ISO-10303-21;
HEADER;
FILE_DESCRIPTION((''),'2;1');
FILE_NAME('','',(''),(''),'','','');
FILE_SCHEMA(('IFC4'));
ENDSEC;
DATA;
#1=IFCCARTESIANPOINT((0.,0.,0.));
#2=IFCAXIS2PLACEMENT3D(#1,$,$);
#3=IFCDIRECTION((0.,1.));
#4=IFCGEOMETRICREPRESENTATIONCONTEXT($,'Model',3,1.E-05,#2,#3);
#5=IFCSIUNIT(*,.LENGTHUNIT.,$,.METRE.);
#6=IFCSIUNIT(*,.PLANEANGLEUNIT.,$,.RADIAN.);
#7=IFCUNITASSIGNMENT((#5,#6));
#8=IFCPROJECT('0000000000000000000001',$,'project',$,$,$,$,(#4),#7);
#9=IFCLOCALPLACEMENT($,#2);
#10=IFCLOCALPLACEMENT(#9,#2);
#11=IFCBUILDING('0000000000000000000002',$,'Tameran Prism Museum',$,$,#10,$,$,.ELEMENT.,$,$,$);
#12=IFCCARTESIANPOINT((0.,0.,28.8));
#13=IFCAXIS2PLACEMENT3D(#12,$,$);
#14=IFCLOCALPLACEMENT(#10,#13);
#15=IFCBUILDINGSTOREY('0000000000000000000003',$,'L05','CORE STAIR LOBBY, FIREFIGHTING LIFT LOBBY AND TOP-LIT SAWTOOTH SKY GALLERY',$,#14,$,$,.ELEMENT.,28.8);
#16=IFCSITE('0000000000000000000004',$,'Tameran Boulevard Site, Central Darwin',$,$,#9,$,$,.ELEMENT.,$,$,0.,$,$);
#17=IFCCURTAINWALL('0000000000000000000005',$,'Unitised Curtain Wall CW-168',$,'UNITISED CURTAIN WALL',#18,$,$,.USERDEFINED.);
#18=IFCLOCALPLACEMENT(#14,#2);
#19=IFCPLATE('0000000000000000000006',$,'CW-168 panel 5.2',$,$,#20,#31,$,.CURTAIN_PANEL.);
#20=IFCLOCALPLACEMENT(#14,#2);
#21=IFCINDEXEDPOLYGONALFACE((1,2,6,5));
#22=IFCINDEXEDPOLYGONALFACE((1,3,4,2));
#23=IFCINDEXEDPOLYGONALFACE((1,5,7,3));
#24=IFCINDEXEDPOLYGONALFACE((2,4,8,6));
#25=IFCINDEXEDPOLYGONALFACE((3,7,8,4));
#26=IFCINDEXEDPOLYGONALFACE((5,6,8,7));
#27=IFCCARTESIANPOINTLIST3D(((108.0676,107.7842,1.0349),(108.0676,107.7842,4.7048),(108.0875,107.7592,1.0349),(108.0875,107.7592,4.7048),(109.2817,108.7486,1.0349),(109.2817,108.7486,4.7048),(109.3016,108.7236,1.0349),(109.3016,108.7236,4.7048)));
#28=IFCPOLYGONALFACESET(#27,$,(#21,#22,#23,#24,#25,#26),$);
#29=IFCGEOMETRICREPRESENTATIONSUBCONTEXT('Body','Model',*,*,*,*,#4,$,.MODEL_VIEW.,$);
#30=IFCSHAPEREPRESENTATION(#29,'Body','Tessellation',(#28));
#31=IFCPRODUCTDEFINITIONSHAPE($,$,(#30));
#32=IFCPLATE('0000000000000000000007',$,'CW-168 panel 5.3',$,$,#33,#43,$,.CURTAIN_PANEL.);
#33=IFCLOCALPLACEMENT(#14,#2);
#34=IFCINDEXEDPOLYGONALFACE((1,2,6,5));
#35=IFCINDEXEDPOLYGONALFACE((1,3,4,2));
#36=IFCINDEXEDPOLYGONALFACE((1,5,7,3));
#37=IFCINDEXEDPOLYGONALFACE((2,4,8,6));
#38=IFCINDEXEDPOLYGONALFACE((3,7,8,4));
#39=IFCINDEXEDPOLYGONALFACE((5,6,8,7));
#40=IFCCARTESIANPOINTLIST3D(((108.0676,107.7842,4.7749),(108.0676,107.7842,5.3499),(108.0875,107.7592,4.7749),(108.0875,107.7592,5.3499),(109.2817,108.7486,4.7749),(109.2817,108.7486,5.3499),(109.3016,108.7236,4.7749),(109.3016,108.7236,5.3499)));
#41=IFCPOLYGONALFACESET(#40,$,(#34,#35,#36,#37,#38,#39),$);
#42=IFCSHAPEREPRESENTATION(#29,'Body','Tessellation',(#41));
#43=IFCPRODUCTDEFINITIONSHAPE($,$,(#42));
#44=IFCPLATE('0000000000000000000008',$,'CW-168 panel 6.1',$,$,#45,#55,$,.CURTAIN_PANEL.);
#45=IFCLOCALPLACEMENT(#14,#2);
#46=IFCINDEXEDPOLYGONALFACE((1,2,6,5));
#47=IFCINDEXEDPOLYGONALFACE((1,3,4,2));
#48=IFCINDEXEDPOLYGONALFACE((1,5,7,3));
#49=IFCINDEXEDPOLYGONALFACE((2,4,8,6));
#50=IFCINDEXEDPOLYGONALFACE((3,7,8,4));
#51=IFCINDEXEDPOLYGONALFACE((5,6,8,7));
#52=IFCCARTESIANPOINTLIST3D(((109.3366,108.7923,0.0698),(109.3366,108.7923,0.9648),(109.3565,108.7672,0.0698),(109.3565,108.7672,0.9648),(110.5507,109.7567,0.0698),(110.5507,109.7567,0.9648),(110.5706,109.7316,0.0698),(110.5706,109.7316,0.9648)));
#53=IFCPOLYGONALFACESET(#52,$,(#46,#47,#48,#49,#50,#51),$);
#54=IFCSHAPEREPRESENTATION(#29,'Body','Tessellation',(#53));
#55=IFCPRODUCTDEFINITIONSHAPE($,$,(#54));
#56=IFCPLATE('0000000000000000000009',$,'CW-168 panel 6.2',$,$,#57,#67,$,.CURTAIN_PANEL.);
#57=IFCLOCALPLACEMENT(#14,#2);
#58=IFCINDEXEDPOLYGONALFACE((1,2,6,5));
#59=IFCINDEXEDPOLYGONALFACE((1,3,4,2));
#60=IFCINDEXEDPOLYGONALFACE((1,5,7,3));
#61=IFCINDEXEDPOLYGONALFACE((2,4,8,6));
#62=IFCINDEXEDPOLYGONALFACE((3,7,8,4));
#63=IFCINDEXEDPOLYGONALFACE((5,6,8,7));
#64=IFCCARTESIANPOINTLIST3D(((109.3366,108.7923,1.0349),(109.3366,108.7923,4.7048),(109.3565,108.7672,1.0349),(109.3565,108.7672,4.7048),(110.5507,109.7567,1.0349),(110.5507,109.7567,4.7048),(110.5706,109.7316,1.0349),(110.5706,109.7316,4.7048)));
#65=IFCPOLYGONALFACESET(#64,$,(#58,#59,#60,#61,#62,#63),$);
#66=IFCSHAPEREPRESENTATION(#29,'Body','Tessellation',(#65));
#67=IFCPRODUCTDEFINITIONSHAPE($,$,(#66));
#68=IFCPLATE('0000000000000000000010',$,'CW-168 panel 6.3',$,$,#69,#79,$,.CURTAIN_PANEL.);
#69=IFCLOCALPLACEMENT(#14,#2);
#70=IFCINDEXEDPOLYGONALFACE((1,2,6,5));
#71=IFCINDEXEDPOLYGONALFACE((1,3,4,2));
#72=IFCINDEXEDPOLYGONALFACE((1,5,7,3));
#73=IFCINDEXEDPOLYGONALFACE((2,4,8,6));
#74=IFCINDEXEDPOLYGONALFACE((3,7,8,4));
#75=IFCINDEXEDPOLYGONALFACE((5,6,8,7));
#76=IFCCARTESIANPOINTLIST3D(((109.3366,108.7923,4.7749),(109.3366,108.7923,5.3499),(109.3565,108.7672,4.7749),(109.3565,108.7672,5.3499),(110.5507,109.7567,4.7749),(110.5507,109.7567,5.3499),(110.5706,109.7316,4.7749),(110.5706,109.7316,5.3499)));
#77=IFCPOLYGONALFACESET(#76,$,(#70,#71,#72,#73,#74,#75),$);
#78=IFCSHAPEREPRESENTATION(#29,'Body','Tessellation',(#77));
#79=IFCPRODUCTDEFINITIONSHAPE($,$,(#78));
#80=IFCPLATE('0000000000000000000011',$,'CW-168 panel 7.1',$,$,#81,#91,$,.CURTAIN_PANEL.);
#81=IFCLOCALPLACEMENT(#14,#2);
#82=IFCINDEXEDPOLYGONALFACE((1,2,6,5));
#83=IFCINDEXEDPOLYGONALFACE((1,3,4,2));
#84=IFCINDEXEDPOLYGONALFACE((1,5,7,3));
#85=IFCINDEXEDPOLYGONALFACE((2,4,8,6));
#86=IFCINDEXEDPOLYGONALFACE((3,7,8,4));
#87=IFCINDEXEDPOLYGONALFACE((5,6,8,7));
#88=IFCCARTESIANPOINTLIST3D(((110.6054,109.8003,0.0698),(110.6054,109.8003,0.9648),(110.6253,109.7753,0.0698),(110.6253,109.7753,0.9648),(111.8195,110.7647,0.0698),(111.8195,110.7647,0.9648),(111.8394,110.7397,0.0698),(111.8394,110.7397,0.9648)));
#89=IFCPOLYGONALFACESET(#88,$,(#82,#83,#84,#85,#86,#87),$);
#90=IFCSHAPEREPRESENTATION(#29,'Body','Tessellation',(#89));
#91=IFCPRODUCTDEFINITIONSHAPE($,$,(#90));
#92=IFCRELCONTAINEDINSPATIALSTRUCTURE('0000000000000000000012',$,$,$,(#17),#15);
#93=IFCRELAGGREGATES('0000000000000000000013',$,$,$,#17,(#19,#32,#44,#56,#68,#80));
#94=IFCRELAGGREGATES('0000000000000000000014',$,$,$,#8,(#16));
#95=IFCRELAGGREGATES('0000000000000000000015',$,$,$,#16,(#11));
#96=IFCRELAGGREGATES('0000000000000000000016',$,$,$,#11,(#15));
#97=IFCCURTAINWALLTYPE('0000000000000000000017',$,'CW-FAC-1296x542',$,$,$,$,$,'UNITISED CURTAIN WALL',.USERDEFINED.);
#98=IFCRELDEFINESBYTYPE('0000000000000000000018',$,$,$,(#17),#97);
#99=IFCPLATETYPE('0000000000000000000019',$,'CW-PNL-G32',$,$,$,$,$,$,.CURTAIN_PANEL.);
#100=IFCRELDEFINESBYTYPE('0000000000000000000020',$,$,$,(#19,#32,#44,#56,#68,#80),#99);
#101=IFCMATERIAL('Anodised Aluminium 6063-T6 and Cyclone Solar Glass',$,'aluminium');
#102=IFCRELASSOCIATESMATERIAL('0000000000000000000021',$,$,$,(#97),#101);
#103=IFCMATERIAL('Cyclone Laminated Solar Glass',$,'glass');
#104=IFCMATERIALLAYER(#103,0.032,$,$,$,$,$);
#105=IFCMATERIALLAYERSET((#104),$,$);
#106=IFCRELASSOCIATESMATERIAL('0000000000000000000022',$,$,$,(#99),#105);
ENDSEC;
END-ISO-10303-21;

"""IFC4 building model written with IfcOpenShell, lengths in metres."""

from ifc_helpers import new_model, si_unit, direction, frame, origin, origin_2d, place, context, subcontext, project, spatial, rectangle, extrude, material, layer, layer_set, type_object, element, aggregate, save


model = new_model("IFC4")

# Units and contexts
model_context = context("Model", 3, precision=1e-05, world=origin(), true_north=direction((0.0, 1.0)))
body_context = subcontext(model_context, "Body", "Model", "MODEL_VIEW")
ifc_project = project(units=[si_unit("LENGTHUNIT", "METRE"), si_unit("PLANEANGLEUNIT", "RADIAN")], contexts=[model_context])

# Site, building, storey
site_placement = place(None, origin())
site = spatial("IfcSite", under=ifc_project, at=site_placement, Name="Tameran Boulevard Site, Central Darwin", CompositionType="ELEMENT", RefElevation=0.0)
building_placement = place(site_placement, origin())
building = spatial("IfcBuilding", under=site, at=building_placement, Name="Tameran Prism Museum", CompositionType="ELEMENT")
storey_placement = place(building_placement, frame((0.0, 0.0, 28.8)))
storey = spatial("IfcBuildingStorey", under=building, at=storey_placement, Name="L05", Description="CORE STAIR LOBBY, FIREFIGHTING LIFT LOBBY AND TOP-LIT SAWTOOTH SKY GALLERY", CompositionType="ELEMENT", Elevation=28.8)

# Curtain wall, plates
ifc_material_1 = material(Name="Anodised Aluminium 6063-T6 and Cyclone Solar Glass", Category="aluminium")
curtain_wall_type = type_object("IfcCurtainWallType", Name="CW-FAC-1296x542", ElementType="UNITISED CURTAIN WALL", PredefinedType="USERDEFINED", material=ifc_material_1)
curtain_wall_placement = place(storey_placement, origin())
curtain_wall = element("IfcCurtainWall", 1, at=curtain_wall_placement, inside=storey, type_object=curtain_wall_type, Name="Unitised Curtain Wall CW-168", ObjectType="UNITISED CURTAIN WALL", PredefinedType="USERDEFINED")
ifc_material_2 = material(Name="Cyclone Laminated Solar Glass", Category="glass")
ifc_layer = layer(ifc_material_2, 0.032)
ifc_layer_set = layer_set([ifc_layer])
plate_type = type_object("IfcPlateType", Name="CW-PNL-G32", PredefinedType="CURTAIN_PANEL", material=ifc_layer_set)
plate_1_placement = place(storey_placement, frame((108.6846, 108.2539, 1.0349), z_axis=(0.0, 0.0, 1.0), x_axis=(0.783031, 0.621982, 0.0)))
plate_1 = element("IfcPlate", 2, at=plate_1_placement, type_object=plate_type, Name="CW-168 panel 5.2", PredefinedType="CURTAIN_PANEL", context=body_context, shape_type="SweptSolid", body=[
    extrude(rectangle(XDim=1.5505, YDim=0.032, at=origin_2d()), origin(), (0.0, 0.0, 1.0), 3.6699),
])
plate_2_placement = place(storey_placement, frame((108.6846, 108.2539, 4.7749), z_axis=(0.0, 0.0, 1.0), x_axis=(0.783031, 0.621982, 0.0)))
plate_2 = element("IfcPlate", 3, at=plate_2_placement, type_object=plate_type, Name="CW-168 panel 5.3", PredefinedType="CURTAIN_PANEL", context=body_context, shape_type="SweptSolid", body=[
    extrude(rectangle(XDim=1.5505, YDim=0.032, at=origin_2d()), origin(), (0.0, 0.0, 1.0), 0.575),
])
plate_3_placement = place(storey_placement, frame((109.9536, 109.262, 0.0698), z_axis=(0.0, 0.0, 1.0), x_axis=(0.783031, 0.621982, 0.0)))
plate_3 = element("IfcPlate", 4, at=plate_3_placement, type_object=plate_type, Name="CW-168 panel 6.1", PredefinedType="CURTAIN_PANEL", context=body_context, shape_type="SweptSolid", body=[
    extrude(rectangle(XDim=1.5505, YDim=0.032, at=origin_2d()), origin(), (0.0, 0.0, 1.0), 0.895),
])
plate_4_placement = place(storey_placement, frame((109.9536, 109.262, 1.0349), z_axis=(0.0, 0.0, 1.0), x_axis=(0.783031, 0.621982, 0.0)))
plate_4 = element("IfcPlate", 5, at=plate_4_placement, type_object=plate_type, Name="CW-168 panel 6.2", PredefinedType="CURTAIN_PANEL", context=body_context, shape_type="SweptSolid", body=[
    extrude(rectangle(XDim=1.5505, YDim=0.032, at=origin_2d()), origin(), (0.0, 0.0, 1.0), 3.6699),
])
plate_5_placement = place(storey_placement, frame((109.9536, 109.262, 4.7749), z_axis=(0.0, 0.0, 1.0), x_axis=(0.783031, 0.621982, 0.0)))
plate_5 = element("IfcPlate", 6, at=plate_5_placement, type_object=plate_type, Name="CW-168 panel 6.3", PredefinedType="CURTAIN_PANEL", context=body_context, shape_type="SweptSolid", body=[
    extrude(rectangle(XDim=1.5505, YDim=0.032, at=origin_2d()), origin(), (0.0, 0.0, 1.0), 0.575),
])
plate_6_placement = place(storey_placement, frame((111.2224, 110.27, 0.0698), z_axis=(0.0, 0.0, 1.0), x_axis=(0.783031, 0.621982, 0.0)))
plate_6 = element("IfcPlate", 7, at=plate_6_placement, type_object=plate_type, Name="CW-168 panel 7.1", PredefinedType="CURTAIN_PANEL", context=body_context, shape_type="SweptSolid", body=[
    extrude(rectangle(XDim=1.5505, YDim=0.032, at=origin_2d()), origin(), (0.0, 0.0, 1.0), 0.895),
])
aggregate(curtain_wall, [plate_1, plate_2, plate_3, plate_4, plate_5, plate_6])

save(model, "model.ifc")
